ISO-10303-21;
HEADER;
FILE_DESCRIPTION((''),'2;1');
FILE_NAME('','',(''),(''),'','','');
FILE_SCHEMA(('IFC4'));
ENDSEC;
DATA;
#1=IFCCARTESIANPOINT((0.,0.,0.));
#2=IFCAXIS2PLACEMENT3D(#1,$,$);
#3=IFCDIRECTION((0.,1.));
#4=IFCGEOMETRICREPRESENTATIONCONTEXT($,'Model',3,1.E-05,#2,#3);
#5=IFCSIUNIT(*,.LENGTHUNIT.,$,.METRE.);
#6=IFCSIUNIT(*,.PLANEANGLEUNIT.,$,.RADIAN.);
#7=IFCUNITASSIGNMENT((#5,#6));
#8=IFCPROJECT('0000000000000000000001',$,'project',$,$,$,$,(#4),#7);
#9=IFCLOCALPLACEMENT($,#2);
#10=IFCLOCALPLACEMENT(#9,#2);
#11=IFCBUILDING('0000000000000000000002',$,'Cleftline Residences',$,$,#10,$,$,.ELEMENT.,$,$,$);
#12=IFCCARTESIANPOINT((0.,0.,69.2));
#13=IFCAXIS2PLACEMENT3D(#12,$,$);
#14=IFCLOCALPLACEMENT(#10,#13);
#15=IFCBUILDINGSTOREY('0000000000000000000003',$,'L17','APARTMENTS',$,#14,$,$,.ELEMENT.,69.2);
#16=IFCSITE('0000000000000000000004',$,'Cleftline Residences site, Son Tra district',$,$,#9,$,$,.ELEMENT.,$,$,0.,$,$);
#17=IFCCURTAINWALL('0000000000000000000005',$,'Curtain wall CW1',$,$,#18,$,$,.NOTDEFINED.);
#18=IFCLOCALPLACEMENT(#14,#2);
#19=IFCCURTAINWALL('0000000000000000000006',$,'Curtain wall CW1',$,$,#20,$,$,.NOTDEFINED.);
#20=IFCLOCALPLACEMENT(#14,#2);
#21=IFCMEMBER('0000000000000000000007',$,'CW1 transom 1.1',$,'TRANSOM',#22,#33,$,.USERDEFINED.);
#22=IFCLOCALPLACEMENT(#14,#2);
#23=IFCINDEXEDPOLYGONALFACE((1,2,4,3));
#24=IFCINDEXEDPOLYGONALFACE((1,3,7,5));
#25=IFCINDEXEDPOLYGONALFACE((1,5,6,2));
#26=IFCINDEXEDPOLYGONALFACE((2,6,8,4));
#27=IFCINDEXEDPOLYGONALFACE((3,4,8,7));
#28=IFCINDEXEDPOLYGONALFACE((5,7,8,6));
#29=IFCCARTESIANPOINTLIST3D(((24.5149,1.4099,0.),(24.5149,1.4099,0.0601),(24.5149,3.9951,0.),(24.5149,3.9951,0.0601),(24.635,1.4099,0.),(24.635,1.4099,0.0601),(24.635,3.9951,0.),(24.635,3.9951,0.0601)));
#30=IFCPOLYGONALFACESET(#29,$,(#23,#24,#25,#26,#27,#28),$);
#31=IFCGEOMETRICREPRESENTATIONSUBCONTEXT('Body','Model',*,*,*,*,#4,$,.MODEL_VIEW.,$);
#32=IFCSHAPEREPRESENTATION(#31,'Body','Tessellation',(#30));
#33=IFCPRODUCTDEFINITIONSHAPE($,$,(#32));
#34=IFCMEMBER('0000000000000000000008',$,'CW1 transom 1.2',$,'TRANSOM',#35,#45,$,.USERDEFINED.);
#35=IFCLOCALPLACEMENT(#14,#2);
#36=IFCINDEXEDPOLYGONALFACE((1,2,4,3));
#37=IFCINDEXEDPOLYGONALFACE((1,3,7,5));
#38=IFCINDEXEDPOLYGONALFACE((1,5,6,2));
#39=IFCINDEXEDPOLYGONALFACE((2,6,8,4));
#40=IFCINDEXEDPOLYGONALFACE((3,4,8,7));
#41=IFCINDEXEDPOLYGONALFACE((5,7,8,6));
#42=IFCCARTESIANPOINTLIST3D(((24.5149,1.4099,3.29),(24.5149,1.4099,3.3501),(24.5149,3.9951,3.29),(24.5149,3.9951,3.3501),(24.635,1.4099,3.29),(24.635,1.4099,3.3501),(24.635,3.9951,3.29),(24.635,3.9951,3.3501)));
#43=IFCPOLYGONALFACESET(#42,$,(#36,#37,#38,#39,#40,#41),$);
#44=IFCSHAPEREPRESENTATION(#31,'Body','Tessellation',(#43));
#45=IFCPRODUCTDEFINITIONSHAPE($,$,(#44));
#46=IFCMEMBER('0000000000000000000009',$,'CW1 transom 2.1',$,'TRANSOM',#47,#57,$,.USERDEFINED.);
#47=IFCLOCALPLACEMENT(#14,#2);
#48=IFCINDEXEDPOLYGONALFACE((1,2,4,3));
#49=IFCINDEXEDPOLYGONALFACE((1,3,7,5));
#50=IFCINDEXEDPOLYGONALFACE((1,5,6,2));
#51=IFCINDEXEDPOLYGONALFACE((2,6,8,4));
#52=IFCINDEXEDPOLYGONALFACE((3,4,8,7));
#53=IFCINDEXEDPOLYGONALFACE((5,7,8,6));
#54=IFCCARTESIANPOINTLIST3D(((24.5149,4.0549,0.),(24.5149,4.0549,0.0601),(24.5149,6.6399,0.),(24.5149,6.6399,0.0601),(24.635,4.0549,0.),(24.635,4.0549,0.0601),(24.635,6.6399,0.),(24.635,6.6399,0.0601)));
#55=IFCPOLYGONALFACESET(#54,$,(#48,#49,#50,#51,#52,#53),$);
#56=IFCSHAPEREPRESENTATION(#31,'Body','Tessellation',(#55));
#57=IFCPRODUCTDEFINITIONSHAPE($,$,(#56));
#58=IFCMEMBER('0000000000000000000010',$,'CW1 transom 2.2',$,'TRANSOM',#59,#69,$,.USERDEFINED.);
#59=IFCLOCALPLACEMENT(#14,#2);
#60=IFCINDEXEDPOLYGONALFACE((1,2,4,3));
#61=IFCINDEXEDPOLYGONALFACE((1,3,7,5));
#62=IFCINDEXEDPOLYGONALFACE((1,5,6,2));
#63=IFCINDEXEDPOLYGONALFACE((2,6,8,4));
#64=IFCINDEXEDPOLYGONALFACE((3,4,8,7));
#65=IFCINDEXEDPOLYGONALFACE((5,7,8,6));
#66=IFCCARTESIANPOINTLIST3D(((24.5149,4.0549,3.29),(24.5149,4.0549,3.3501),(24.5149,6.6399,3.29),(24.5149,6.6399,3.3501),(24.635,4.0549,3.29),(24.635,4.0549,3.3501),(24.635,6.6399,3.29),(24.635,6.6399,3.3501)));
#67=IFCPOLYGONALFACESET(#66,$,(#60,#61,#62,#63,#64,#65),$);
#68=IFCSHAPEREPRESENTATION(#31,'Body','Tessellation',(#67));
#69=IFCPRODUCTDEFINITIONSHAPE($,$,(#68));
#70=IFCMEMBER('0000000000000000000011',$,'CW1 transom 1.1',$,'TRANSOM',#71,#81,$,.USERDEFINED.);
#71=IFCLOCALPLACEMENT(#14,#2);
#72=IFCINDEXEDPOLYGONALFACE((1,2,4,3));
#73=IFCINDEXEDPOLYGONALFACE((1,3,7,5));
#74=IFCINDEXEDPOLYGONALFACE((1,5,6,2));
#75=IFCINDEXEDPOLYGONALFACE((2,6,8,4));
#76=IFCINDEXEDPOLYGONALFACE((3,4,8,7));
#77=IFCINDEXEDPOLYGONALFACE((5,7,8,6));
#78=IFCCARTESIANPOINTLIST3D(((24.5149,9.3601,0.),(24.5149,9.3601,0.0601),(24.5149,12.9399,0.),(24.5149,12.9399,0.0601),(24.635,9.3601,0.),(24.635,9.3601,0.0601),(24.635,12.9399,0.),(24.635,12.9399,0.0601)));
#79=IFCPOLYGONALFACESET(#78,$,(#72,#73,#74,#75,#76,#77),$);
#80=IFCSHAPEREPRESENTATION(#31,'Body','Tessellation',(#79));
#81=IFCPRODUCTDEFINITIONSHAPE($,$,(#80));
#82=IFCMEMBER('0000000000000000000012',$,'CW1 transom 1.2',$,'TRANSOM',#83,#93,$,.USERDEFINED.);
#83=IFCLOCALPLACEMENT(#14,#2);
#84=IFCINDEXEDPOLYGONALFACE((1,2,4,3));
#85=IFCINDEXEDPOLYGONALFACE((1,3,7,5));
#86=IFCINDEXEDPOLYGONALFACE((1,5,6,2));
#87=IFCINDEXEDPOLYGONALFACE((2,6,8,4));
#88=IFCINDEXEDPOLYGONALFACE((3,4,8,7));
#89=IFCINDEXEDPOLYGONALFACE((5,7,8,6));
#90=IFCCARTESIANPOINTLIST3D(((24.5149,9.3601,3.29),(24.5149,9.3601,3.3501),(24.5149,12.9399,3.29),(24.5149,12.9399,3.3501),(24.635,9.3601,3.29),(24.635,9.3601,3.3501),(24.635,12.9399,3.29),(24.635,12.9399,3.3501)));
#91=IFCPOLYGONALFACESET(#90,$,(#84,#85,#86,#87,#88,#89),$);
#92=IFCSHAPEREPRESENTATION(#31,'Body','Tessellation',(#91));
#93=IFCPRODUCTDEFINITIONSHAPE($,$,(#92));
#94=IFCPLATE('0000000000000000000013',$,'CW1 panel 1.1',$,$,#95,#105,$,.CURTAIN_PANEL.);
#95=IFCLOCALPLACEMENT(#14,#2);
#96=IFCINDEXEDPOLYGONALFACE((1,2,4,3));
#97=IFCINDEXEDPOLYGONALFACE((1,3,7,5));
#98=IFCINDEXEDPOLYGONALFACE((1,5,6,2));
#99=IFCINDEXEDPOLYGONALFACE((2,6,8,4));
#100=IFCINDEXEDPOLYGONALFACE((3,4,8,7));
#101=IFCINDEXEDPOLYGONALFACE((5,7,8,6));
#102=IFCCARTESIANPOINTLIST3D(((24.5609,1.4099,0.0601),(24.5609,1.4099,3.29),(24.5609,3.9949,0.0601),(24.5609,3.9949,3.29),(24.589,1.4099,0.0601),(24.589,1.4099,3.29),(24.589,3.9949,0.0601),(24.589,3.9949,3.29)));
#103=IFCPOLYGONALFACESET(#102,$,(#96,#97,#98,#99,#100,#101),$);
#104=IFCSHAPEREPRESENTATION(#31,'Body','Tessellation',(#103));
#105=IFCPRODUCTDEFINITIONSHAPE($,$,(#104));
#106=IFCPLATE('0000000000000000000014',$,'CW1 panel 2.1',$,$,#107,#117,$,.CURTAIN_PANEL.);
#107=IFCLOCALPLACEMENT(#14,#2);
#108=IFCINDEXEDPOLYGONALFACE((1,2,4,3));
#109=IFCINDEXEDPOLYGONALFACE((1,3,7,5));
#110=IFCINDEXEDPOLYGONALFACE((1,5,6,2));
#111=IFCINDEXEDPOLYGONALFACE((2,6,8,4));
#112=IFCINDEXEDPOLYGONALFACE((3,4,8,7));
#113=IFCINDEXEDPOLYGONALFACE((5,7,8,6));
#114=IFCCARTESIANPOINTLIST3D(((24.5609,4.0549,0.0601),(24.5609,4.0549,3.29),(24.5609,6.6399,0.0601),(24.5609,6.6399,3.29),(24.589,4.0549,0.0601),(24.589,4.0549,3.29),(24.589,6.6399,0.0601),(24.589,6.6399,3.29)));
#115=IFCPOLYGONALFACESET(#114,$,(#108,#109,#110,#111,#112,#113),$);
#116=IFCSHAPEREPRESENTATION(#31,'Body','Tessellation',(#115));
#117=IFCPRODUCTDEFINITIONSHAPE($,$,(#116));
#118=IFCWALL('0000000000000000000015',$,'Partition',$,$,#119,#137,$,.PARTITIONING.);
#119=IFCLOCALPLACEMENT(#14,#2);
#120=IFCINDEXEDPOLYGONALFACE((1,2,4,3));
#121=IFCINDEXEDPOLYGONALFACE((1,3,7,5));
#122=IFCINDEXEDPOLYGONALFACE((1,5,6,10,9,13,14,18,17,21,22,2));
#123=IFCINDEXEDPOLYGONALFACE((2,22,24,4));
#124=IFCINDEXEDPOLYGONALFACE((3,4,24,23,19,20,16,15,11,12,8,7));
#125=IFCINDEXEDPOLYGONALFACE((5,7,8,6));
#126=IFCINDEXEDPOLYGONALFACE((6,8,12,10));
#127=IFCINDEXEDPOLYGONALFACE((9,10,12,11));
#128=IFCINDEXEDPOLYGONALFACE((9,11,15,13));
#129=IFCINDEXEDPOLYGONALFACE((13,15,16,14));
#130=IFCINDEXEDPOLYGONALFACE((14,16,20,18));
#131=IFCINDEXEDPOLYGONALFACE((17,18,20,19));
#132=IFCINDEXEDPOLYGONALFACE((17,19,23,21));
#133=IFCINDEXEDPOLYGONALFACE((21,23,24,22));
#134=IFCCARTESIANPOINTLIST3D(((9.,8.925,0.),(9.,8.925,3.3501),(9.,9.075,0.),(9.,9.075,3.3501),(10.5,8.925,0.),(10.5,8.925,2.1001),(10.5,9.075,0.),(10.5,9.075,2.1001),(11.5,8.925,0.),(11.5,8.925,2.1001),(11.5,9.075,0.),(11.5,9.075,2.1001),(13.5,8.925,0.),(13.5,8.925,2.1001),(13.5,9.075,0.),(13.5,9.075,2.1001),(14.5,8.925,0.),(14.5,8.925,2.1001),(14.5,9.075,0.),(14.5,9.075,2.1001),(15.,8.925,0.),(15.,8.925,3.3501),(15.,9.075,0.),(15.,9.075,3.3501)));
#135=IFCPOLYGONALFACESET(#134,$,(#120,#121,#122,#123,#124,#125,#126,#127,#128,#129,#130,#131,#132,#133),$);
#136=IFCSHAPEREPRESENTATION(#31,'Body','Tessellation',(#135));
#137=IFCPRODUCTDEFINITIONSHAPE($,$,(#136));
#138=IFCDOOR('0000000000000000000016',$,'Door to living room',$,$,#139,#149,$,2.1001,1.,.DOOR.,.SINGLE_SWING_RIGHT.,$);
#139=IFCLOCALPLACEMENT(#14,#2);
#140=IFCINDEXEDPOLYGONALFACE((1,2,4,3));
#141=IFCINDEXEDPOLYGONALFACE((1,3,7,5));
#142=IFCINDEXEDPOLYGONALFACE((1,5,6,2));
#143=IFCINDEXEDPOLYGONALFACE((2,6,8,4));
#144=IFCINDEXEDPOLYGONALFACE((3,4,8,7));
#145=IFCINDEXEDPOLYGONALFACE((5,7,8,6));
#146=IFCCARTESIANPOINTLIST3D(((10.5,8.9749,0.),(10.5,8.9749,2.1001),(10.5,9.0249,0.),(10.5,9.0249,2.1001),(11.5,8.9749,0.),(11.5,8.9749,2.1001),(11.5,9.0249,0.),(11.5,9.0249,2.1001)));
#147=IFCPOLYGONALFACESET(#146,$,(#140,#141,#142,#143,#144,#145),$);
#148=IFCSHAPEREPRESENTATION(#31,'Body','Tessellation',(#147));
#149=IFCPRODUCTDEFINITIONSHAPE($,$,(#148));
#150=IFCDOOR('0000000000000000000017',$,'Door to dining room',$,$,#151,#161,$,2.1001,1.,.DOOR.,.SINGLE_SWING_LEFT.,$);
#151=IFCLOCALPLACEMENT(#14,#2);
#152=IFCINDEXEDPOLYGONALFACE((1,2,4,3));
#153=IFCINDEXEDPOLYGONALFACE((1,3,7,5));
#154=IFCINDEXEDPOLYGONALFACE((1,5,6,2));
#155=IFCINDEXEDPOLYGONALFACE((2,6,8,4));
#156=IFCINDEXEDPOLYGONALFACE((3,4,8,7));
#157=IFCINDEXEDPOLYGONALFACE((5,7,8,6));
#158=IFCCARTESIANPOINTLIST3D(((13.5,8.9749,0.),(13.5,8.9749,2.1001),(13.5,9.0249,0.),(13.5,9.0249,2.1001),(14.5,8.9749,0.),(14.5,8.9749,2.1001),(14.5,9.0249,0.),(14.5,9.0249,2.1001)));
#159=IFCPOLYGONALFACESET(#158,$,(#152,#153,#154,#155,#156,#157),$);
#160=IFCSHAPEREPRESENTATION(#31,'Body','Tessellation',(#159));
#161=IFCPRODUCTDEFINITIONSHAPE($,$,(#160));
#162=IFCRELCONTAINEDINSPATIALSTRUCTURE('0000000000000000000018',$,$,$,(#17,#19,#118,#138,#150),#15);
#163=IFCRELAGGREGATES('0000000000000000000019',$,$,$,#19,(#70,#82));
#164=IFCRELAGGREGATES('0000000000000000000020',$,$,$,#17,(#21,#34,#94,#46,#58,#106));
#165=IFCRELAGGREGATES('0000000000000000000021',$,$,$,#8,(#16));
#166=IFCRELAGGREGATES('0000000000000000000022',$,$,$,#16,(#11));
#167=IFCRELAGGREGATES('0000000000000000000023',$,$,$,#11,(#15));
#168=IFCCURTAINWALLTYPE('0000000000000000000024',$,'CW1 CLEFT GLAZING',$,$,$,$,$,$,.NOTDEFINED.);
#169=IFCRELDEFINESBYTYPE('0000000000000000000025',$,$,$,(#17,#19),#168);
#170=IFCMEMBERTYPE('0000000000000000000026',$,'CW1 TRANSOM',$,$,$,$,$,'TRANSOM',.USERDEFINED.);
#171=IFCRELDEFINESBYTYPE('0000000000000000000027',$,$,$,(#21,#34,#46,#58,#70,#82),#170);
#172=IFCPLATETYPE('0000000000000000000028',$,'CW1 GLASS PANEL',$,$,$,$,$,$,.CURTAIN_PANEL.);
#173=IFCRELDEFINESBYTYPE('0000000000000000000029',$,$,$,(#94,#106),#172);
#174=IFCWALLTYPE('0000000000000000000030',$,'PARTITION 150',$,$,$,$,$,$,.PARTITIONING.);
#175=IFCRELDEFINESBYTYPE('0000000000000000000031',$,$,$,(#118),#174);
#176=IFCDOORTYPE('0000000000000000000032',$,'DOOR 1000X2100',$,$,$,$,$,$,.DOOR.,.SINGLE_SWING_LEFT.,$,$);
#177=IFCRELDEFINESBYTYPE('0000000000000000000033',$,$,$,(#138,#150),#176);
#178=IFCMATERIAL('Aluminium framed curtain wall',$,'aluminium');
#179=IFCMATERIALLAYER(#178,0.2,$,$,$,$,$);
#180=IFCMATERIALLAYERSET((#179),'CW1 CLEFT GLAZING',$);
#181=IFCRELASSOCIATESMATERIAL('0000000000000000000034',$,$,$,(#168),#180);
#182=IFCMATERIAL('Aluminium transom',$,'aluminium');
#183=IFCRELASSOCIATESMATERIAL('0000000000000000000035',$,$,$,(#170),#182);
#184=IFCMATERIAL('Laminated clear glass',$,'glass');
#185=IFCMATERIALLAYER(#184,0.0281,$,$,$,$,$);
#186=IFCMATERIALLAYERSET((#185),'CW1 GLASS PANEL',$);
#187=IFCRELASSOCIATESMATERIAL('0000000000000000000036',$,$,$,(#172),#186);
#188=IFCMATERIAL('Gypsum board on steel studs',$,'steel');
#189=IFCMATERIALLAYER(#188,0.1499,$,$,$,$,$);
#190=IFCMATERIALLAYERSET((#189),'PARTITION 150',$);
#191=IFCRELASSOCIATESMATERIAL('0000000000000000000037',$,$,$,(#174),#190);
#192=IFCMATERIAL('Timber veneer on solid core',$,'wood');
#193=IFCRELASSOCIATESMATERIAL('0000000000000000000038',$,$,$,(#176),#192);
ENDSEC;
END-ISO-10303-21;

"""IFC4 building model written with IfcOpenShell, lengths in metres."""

from ifc_helpers import new_model, si_unit, direction, frame, frame_2d, origin, origin_2d, place, context, subcontext, project, spatial, rectangle, extrude, material, layer, layer_set, material_profile, profile_set, type_object, element, fill, aggregate, save


model = new_model("IFC4")

# Units and contexts
model_context = context("Model", 3, precision=1e-05, world=origin(), true_north=direction((0.0, 1.0)))
body_context = subcontext(model_context, "Body", "Model", "MODEL_VIEW")
ifc_project = project(units=[si_unit("LENGTHUNIT", "METRE"), si_unit("PLANEANGLEUNIT", "RADIAN")], contexts=[model_context])

# Site, building, storey
site_placement = place(None, origin())
site = spatial("IfcSite", under=ifc_project, at=site_placement, Name="Cleftline Residences site, Son Tra district", CompositionType="ELEMENT", RefElevation=0.0)
building_placement = place(site_placement, origin())
building = spatial("IfcBuilding", under=site, at=building_placement, Name="Cleftline Residences", CompositionType="ELEMENT")
storey_placement = place(building_placement, frame((0.0, 0.0, 69.2)))
storey = spatial("IfcBuildingStorey", under=building, at=storey_placement, Name="L17", Description="APARTMENTS", CompositionType="ELEMENT", Elevation=69.2)

# Curtain wall
ifc_material_1 = material(Name="Aluminium framed curtain wall", Category="aluminium")
ifc_layer_1 = layer(ifc_material_1, 0.2)
ifc_layer_set_1 = layer_set([ifc_layer_1], Name="CW1 CLEFT GLAZING")
curtain_wall_type = type_object("IfcCurtainWallType", Name="CW1 CLEFT GLAZING", PredefinedType="NOTDEFINED", material=ifc_layer_set_1)
curtain_wall_1_placement = place(storey_placement, origin())
curtain_wall_1 = element("IfcCurtainWall", 1, at=curtain_wall_1_placement, inside=storey, type_object=curtain_wall_type, Name="Curtain wall CW1", PredefinedType="NOTDEFINED")

# Curtain wall
curtain_wall_2_placement = place(storey_placement, origin())
curtain_wall_2 = element("IfcCurtainWall", 2, at=curtain_wall_2_placement, inside=storey, type_object=curtain_wall_type, Name="Curtain wall CW1", PredefinedType="NOTDEFINED")

# Members
ifc_material_2 = material(Name="Aluminium transom", Category="aluminium")
ifc_material_profile_1 = material_profile(ifc_material_2, rectangle(XDim=0.1201, YDim=0.0601, at=origin_2d()))
ifc_profile_set_1 = profile_set([ifc_material_profile_1], Name="Aluminium transom")
member_type_1 = type_object("IfcMemberType", Name="CW1 TRANSOM", ElementType="TRANSOM", PredefinedType="USERDEFINED", material=ifc_profile_set_1)
member_1_placement = place(storey_placement, frame((24.575, 1.4099, 0.03), z_axis=(0.0, 1.0, 0.0), x_axis=(-1.0, 0.0, 0.0)))
member_1 = element("IfcMember", 3, at=member_1_placement, type_object=member_type_1, Name="CW1 transom 1.1", ObjectType="TRANSOM", PredefinedType="USERDEFINED", context=body_context, shape_type="SweptSolid", body=[
    extrude(rectangle(XDim=0.1201, YDim=0.0601, at=origin_2d()), origin(), (0.0, 0.0, 1.0), 2.5852),
])
member_2_placement = place(storey_placement, frame((24.575, 1.4099, 3.3201), z_axis=(0.0, 1.0, 0.0), x_axis=(-1.0, 0.0, 0.0)))
member_2 = element("IfcMember", 4, at=member_2_placement, type_object=member_type_1, Name="CW1 transom 1.2", ObjectType="TRANSOM", PredefinedType="USERDEFINED", context=body_context, shape_type="SweptSolid", body=[
    extrude(rectangle(XDim=0.1201, YDim=0.0601, at=origin_2d()), origin(), (0.0, 0.0, 1.0), 2.5852),
])
member_3_placement = place(storey_placement, frame((24.575, 4.0549, 0.03), z_axis=(0.0, 1.0, 0.0), x_axis=(-1.0, 0.0, 0.0)))
member_3 = element("IfcMember", 5, at=member_3_placement, type_object=member_type_1, Name="CW1 transom 2.1", ObjectType="TRANSOM", PredefinedType="USERDEFINED", context=body_context, shape_type="SweptSolid", body=[
    extrude(rectangle(XDim=0.1201, YDim=0.0601, at=origin_2d()), origin(), (0.0, 0.0, 1.0), 2.585),
])
member_4_placement = place(storey_placement, frame((24.575, 4.0549, 3.3201), z_axis=(0.0, 1.0, 0.0), x_axis=(-1.0, 0.0, 0.0)))
member_4 = element("IfcMember", 6, at=member_4_placement, type_object=member_type_1, Name="CW1 transom 2.2", ObjectType="TRANSOM", PredefinedType="USERDEFINED", context=body_context, shape_type="SweptSolid", body=[
    extrude(rectangle(XDim=0.1201, YDim=0.0601, at=origin_2d()), origin(), (0.0, 0.0, 1.0), 2.585),
])
member_5_placement = place(storey_placement, frame((24.575, 9.3601, 0.03), z_axis=(0.0, 1.0, 0.0), x_axis=(-1.0, 0.0, 0.0)))
member_5 = element("IfcMember", 7, at=member_5_placement, type_object=member_type_1, Name="CW1 transom 1.1", ObjectType="TRANSOM", PredefinedType="USERDEFINED", context=body_context, shape_type="SweptSolid", body=[
    extrude(rectangle(XDim=0.1201, YDim=0.0601, at=origin_2d()), origin(), (0.0, 0.0, 1.0), 3.5798),
])
member_6_placement = place(storey_placement, frame((24.575, 9.3601, 3.3201), z_axis=(0.0, 1.0, 0.0), x_axis=(-1.0, 0.0, 0.0)))
member_6 = element("IfcMember", 8, at=member_6_placement, type_object=member_type_1, Name="CW1 transom 1.2", ObjectType="TRANSOM", PredefinedType="USERDEFINED", context=body_context, shape_type="SweptSolid", body=[
    extrude(rectangle(XDim=0.1201, YDim=0.0601, at=origin_2d()), origin(), (0.0, 0.0, 1.0), 3.5798),
])
aggregate(curtain_wall_2, [member_5, member_6])

# Plates
ifc_material_3 = material(Name="Laminated clear glass", Category="glass")
ifc_layer_2 = layer(ifc_material_3, 0.0281)
ifc_layer_set_2 = layer_set([ifc_layer_2], Name="CW1 GLASS PANEL")
plate_type = type_object("IfcPlateType", Name="CW1 GLASS PANEL", PredefinedType="CURTAIN_PANEL", material=ifc_layer_set_2)
plate_1_placement = place(storey_placement, frame((24.575, 2.7024, 0.0601), z_axis=(0.0, 0.0, 1.0), x_axis=(0.0, 1.0, 0.0)))
plate_1 = element("IfcPlate", 9, at=plate_1_placement, type_object=plate_type, Name="CW1 panel 1.1", PredefinedType="CURTAIN_PANEL", context=body_context, shape_type="SweptSolid", body=[
    extrude(rectangle(XDim=2.585, YDim=0.0281, at=origin_2d()), origin(), (0.0, 0.0, 1.0), 3.23),
])
plate_2_placement = place(storey_placement, frame((24.575, 5.3474, 0.0601), z_axis=(0.0, 0.0, 1.0), x_axis=(0.0, 1.0, 0.0)))
plate_2 = element("IfcPlate", 10, at=plate_2_placement, type_object=plate_type, Name="CW1 panel 2.1", PredefinedType="CURTAIN_PANEL", context=body_context, shape_type="SweptSolid", body=[
    extrude(rectangle(XDim=2.585, YDim=0.0281, at=origin_2d()), origin(), (0.0, 0.0, 1.0), 3.23),
])
aggregate(curtain_wall_1, [member_1, member_2, plate_1, member_3, member_4, plate_2])

# Wall, openings, doors
ifc_material_4 = material(Name="Gypsum board on steel studs", Category="steel")
ifc_layer_3 = layer(ifc_material_4, 0.1499)
ifc_layer_set_3 = layer_set([ifc_layer_3], Name="PARTITION 150")
wall_type = type_object("IfcWallType", Name="PARTITION 150", PredefinedType="PARTITIONING", material=ifc_layer_set_3)
wall_1_placement = place(storey_placement, frame((9.0, 9.0, 0.0), z_axis=(0.0, 0.0, 1.0), x_axis=(1.0, 0.0, 0.0)))
wall_1 = element("IfcWall", 11, at=wall_1_placement, inside=storey, type_object=wall_type, Name="Partition", PredefinedType="PARTITIONING", context=body_context, shape_type="SweptSolid", body=[
    extrude(rectangle(XDim=6.0, YDim=0.1499, at=frame_2d((3.0, 0.0))), origin(), (0.0, 0.0, 1.0), 3.3501),
])
opening_1_placement = place(wall_1_placement, frame((1.5, 0.0, 0.0)))
opening_1 = element("IfcOpeningElement", 12, at=opening_1_placement, cuts=wall_1, PredefinedType="OPENING", context=body_context, shape_type="SweptSolid", body=[
    extrude(rectangle(XDim=1.0, YDim=2.1001, at=frame_2d((0.5, 1.05))), frame((0.0, 0.085, 0.0), z_axis=(0.0, -1.0, 0.0), x_axis=(1.0, 0.0, 0.0)), (0.0, 0.0, 1.0), 0.1699),
])
opening_2_placement = place(wall_1_placement, frame((4.5, 0.0, 0.0)))
opening_2 = element("IfcOpeningElement", 13, at=opening_2_placement, cuts=wall_1, PredefinedType="OPENING", context=body_context, shape_type="SweptSolid", body=[
    extrude(rectangle(XDim=1.0, YDim=2.1001, at=frame_2d((0.5, 1.05))), frame((0.0, 0.085, 0.0), z_axis=(0.0, -1.0, 0.0), x_axis=(1.0, 0.0, 0.0)), (0.0, 0.0, 1.0), 0.1699),
])
ifc_material_5 = material(Name="Timber veneer on solid core", Category="wood")
door_type_1 = type_object("IfcDoorType", Name="DOOR 1000X2100", OperationType="SINGLE_SWING_LEFT", PredefinedType="DOOR", material=ifc_material_5)
door_1_placement = place(opening_1_placement, origin())
door_1 = element("IfcDoor", 14, at=door_1_placement, inside=storey, type_object=door_type_1, Name="Door to living room", OperationType="SINGLE_SWING_RIGHT", OverallHeight=2.1001, OverallWidth=1.0, PredefinedType="DOOR", context=body_context, shape_type="SweptSolid", body=[
    extrude(rectangle(XDim=1.0, YDim=2.1001, at=frame_2d((0.5, 1.05))), frame((0.0, 0.0249, 0.0), z_axis=(0.0, -1.0, 0.0), x_axis=(1.0, 0.0, 0.0)), (0.0, 0.0, 1.0), 0.05),
])
fill(opening_1, door_1)
door_2_placement = place(opening_2_placement, origin())
door_2 = element("IfcDoor", 15, at=door_2_placement, inside=storey, type_object=door_type_1, Name="Door to dining room", OperationType="SINGLE_SWING_LEFT", OverallHeight=2.1001, OverallWidth=1.0, PredefinedType="DOOR", context=body_context, shape_type="SweptSolid", body=[
    extrude(rectangle(XDim=1.0, YDim=2.1001, at=frame_2d((0.5, 1.05))), frame((0.0, 0.0249, 0.0), z_axis=(0.0, -1.0, 0.0), x_axis=(1.0, 0.0, 0.0)), (0.0, 0.0, 1.0), 0.05),
])
fill(opening_2, door_2)

save(model, "model.ifc")
